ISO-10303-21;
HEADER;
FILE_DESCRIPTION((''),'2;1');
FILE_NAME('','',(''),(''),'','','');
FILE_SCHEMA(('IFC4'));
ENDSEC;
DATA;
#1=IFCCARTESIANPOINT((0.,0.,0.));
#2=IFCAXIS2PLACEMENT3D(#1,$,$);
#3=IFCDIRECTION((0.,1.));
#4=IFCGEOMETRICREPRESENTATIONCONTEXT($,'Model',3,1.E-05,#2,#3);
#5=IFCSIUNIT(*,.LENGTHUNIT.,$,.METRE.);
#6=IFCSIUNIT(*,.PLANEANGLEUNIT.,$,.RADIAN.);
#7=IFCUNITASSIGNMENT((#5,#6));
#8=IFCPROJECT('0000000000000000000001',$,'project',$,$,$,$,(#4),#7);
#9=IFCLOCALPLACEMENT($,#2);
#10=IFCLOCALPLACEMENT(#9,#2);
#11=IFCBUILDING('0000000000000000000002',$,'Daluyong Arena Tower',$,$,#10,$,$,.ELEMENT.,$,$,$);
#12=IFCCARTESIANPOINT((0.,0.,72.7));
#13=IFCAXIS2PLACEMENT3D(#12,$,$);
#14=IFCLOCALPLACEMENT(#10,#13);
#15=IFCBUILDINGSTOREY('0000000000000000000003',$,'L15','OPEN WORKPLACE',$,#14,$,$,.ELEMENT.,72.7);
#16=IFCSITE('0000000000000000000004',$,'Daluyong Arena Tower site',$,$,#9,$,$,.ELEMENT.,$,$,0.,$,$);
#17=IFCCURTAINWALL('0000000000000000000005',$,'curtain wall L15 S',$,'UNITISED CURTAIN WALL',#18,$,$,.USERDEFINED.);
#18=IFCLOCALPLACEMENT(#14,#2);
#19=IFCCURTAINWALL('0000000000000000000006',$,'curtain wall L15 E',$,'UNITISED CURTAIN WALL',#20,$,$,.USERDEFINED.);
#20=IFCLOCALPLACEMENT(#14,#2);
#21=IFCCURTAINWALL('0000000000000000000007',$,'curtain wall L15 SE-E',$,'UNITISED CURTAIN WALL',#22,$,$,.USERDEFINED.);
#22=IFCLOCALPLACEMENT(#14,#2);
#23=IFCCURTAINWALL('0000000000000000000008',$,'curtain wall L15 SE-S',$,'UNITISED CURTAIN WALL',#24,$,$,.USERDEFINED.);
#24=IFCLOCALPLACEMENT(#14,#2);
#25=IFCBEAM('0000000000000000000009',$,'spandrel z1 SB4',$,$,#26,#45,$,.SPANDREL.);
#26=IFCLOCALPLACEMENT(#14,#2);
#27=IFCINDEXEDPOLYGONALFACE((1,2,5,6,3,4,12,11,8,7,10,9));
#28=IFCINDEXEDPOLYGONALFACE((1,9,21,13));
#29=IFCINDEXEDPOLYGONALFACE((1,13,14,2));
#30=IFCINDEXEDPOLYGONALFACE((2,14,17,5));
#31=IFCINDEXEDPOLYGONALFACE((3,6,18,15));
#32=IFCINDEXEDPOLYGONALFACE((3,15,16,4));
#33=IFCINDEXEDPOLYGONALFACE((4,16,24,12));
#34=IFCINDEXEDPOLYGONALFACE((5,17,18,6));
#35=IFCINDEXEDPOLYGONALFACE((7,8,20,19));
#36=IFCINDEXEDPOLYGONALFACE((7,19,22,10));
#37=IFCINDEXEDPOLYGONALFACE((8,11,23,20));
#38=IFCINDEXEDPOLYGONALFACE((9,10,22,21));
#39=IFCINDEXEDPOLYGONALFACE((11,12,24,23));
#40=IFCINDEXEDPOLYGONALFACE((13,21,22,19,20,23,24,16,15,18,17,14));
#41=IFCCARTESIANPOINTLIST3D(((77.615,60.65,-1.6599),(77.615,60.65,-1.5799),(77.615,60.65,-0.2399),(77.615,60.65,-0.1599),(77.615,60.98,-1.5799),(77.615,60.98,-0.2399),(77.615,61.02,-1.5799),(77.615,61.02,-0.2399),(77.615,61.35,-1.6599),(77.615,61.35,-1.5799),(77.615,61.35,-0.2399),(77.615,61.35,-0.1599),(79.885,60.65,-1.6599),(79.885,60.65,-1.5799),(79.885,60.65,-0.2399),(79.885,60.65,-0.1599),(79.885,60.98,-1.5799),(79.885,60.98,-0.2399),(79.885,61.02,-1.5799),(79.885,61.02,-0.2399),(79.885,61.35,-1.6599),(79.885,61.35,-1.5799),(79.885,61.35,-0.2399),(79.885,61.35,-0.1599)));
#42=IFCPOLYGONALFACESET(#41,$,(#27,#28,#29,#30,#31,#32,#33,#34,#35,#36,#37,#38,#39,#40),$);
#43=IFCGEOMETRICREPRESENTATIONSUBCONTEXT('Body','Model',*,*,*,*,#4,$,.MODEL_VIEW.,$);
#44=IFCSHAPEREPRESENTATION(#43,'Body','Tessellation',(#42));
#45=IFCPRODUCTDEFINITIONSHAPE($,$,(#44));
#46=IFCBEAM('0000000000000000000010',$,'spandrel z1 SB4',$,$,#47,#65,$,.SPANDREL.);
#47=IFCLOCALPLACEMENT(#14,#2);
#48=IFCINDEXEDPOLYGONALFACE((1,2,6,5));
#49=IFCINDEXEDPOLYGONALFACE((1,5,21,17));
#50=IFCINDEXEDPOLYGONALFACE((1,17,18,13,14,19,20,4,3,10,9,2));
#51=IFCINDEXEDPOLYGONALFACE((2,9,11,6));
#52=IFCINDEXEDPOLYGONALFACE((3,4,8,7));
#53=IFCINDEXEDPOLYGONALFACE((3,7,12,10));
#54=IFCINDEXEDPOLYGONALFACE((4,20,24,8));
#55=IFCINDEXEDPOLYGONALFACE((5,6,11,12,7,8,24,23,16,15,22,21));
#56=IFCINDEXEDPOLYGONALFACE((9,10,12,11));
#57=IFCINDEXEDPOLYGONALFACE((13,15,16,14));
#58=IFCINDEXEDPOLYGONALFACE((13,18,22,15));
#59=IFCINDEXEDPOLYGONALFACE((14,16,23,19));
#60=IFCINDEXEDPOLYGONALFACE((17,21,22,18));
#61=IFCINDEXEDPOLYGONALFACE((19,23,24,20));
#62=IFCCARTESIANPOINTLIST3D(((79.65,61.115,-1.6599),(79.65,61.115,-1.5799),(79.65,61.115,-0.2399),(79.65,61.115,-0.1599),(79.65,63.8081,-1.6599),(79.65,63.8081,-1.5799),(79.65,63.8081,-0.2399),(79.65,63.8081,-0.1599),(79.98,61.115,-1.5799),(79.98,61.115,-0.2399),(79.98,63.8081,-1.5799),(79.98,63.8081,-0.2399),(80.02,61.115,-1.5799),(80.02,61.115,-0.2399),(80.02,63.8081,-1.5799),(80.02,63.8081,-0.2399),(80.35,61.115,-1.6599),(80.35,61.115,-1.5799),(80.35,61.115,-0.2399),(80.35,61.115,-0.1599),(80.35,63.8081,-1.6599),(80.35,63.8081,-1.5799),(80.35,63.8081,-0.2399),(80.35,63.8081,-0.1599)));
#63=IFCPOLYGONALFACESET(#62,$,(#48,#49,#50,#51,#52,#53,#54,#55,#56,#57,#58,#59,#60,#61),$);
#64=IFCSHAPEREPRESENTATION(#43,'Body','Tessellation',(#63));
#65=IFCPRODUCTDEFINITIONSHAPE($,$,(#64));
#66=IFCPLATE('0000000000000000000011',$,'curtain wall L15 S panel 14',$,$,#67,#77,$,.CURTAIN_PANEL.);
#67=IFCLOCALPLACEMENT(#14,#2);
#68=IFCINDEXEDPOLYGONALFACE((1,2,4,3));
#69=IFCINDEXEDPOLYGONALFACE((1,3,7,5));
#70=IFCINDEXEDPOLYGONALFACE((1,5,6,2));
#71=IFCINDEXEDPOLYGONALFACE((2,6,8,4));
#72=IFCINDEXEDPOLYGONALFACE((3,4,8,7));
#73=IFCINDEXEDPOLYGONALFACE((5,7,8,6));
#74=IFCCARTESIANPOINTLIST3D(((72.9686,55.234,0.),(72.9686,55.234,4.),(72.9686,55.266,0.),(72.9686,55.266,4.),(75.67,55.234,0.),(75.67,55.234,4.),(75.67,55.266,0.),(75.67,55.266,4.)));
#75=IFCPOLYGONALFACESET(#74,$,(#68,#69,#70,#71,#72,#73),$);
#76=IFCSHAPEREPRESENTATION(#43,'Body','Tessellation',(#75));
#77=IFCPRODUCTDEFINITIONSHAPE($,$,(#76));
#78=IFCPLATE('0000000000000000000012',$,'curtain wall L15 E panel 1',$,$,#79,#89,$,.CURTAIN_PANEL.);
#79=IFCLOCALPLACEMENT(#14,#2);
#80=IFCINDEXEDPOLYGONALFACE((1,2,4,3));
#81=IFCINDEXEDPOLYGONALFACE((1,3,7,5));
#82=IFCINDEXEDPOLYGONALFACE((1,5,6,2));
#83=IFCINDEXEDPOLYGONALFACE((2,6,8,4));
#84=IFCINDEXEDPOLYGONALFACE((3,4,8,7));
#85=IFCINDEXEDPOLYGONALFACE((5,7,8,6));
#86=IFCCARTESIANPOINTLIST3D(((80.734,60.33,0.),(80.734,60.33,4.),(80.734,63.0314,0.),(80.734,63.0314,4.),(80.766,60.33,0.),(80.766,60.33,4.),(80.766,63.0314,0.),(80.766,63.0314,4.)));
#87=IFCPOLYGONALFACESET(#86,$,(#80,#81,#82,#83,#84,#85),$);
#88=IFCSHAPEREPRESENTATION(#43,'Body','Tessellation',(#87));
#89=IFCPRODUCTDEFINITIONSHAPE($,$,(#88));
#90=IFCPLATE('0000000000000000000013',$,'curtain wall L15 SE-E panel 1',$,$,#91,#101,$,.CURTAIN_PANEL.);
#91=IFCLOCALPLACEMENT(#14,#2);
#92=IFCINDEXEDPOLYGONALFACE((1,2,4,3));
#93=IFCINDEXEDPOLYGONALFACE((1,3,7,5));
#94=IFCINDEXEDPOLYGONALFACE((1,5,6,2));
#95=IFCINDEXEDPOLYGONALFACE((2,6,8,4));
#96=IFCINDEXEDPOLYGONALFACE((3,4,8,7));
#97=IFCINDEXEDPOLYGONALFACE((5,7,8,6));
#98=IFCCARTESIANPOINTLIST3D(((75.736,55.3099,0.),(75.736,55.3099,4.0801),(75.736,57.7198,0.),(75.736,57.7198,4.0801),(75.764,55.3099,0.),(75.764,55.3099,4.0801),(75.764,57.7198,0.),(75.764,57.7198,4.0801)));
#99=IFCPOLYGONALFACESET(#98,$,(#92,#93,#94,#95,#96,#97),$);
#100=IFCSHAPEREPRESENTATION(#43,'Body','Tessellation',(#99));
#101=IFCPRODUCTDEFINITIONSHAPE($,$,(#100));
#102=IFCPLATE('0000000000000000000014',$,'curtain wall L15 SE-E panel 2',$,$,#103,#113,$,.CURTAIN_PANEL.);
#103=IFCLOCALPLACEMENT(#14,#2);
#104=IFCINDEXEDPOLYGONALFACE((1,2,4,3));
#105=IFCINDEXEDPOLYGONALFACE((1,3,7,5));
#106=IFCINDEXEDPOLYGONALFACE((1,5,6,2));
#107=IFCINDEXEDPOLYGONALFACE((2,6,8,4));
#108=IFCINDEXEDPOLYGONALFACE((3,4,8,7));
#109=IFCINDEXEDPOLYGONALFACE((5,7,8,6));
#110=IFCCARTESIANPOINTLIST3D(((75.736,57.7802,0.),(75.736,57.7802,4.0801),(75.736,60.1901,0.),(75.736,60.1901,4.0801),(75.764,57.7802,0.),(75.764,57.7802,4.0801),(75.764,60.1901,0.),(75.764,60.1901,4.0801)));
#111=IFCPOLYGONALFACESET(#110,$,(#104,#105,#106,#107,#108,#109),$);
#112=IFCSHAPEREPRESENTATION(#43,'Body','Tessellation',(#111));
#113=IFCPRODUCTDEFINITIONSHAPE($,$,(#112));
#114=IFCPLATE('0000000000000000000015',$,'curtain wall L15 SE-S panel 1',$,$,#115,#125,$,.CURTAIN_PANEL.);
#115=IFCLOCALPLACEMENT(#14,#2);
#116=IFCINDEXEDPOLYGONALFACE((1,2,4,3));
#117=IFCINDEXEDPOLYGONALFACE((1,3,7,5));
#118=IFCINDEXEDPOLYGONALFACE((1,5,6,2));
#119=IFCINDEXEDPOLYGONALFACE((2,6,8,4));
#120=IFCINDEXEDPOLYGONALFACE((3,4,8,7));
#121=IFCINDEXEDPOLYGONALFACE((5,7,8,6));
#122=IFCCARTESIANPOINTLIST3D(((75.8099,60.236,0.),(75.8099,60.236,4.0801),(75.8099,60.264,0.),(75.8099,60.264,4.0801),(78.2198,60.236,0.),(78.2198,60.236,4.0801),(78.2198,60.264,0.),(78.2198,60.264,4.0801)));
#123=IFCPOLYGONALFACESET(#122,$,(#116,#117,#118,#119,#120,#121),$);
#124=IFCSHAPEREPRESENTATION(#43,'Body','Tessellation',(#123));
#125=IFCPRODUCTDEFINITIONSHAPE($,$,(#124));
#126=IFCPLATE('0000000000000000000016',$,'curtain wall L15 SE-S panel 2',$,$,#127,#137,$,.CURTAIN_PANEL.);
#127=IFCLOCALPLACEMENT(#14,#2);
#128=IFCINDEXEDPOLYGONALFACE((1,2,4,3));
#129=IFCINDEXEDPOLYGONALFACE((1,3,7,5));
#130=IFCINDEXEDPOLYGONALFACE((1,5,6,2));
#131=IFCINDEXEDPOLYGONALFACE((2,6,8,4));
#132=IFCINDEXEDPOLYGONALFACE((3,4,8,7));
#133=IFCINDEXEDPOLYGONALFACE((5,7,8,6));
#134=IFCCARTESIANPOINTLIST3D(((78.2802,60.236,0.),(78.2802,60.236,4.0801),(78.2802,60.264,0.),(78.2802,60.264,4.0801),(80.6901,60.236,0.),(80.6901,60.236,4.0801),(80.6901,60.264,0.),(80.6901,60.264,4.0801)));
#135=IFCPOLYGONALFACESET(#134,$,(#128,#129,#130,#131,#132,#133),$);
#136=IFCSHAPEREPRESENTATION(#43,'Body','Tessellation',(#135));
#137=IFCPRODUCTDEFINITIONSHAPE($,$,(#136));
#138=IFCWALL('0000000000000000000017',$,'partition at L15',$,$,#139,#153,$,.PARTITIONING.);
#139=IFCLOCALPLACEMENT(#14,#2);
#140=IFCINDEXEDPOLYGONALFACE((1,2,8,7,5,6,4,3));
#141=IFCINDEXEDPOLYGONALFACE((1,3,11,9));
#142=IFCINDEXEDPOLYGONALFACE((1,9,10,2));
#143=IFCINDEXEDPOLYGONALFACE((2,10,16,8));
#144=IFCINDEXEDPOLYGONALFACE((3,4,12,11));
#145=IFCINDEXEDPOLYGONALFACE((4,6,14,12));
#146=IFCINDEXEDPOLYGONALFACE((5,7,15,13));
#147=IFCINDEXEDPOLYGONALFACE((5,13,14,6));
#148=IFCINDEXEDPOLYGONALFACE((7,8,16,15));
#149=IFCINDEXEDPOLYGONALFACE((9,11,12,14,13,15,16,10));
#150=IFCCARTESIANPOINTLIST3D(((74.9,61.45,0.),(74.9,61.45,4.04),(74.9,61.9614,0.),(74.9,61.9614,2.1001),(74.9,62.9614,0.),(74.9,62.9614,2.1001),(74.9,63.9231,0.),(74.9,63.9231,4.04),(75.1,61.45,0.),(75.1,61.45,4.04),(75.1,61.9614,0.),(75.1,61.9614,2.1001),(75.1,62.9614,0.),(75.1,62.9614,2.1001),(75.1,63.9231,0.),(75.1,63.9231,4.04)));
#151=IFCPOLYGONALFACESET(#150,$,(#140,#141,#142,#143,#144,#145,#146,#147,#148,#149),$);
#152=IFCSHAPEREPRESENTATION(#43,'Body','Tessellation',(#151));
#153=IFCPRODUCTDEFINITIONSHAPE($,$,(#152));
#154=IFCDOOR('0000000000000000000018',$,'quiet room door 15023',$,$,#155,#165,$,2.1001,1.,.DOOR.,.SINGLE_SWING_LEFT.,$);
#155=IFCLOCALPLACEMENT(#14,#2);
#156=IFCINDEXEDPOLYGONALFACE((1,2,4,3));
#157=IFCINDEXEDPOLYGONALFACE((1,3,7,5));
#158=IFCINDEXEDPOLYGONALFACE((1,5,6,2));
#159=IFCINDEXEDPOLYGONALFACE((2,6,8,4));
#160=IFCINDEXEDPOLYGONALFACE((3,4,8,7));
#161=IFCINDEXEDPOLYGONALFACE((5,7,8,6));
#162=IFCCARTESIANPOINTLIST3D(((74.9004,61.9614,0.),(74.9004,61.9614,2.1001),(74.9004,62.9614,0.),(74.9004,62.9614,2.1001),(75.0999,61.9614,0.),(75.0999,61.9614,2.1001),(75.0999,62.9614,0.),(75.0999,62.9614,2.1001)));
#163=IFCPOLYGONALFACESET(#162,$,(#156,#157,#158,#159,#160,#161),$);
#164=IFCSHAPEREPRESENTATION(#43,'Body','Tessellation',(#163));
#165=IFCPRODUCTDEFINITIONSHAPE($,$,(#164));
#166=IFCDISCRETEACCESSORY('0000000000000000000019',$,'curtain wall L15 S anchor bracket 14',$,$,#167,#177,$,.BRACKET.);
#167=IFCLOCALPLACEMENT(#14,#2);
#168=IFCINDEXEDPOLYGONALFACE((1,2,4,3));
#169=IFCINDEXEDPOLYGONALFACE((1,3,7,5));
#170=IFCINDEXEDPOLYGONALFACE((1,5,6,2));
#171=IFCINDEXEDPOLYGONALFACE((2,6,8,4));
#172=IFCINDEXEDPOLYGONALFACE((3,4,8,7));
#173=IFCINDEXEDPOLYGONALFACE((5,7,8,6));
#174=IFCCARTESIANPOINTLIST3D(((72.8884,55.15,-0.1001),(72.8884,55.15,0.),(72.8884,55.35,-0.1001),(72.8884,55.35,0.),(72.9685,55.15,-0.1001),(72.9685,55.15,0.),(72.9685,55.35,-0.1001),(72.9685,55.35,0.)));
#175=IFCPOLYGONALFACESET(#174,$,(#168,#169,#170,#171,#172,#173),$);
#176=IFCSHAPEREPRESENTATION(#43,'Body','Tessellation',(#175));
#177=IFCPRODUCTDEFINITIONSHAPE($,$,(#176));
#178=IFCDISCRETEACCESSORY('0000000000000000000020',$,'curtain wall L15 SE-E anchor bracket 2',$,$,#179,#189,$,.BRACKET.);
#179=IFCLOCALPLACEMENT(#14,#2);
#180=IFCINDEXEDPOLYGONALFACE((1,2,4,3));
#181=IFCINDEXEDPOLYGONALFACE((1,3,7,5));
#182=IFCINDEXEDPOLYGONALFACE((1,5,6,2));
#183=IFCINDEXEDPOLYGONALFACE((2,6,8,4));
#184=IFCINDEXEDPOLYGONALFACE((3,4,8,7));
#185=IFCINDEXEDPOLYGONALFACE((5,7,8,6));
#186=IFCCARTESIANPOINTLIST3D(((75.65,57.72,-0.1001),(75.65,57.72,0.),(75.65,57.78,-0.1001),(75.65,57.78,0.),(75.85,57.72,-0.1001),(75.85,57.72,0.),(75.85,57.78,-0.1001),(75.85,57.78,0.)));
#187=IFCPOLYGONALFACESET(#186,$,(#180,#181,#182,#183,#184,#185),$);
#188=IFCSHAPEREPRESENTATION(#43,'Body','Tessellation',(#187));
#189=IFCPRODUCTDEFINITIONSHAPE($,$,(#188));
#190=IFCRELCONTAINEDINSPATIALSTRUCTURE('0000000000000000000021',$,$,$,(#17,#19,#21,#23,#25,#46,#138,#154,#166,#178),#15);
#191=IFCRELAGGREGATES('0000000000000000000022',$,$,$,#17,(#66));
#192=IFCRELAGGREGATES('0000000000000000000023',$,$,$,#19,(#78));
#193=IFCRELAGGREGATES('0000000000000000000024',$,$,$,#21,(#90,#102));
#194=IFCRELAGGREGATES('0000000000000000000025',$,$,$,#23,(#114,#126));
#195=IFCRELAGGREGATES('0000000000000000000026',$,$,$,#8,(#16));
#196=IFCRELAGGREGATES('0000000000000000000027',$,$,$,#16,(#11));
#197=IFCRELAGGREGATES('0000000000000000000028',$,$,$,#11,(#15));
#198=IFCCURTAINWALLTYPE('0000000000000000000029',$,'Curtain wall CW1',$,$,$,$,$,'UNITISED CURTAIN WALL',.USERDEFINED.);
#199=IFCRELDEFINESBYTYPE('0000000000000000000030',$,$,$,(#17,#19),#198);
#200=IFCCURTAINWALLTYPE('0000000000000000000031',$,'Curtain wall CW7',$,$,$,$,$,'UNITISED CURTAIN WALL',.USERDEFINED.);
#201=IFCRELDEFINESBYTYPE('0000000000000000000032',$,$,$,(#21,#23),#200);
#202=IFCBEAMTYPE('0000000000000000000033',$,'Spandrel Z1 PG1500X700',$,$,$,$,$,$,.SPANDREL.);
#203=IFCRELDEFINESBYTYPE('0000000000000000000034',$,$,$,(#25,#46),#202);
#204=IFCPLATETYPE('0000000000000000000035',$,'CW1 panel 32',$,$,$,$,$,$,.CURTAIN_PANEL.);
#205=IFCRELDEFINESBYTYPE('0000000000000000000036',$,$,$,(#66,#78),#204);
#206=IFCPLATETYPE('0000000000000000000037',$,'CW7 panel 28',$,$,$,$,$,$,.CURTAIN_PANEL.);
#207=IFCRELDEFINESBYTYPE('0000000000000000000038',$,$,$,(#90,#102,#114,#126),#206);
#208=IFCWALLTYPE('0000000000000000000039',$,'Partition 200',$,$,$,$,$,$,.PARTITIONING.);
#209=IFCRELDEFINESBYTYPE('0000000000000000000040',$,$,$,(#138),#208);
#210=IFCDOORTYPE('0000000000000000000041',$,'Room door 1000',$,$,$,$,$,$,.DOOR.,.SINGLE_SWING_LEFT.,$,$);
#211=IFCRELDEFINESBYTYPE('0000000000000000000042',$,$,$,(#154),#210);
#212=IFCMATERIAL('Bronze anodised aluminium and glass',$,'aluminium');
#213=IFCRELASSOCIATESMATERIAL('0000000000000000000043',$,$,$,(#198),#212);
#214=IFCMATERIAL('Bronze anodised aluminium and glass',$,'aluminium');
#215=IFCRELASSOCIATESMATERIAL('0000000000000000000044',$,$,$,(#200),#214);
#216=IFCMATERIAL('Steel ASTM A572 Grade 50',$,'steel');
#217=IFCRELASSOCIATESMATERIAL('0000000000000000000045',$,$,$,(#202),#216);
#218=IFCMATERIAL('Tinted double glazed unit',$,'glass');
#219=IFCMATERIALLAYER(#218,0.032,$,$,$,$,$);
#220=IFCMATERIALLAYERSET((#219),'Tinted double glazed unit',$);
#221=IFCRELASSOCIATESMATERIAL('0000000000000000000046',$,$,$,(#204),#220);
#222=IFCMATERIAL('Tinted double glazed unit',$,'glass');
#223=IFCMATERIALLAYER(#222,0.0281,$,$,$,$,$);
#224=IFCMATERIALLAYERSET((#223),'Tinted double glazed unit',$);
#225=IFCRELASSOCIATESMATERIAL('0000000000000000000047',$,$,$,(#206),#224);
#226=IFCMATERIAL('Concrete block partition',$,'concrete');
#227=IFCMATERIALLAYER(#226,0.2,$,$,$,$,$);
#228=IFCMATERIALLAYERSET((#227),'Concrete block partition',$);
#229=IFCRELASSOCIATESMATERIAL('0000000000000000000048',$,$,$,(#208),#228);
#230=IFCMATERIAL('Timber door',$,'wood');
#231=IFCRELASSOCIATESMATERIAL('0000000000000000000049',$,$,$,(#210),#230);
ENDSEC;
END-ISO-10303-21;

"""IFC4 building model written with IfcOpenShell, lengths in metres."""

from ifc_helpers import new_model, si_unit, direction, frame, frame_2d, origin, origin_2d, place, context, subcontext, project, spatial, rectangle, i_section, extrude, material, layer, layer_set, material_profile, profile_set, type_object, element, fill, aggregate, save


model = new_model("IFC4")

# Units and contexts
model_context = context("Model", 3, precision=1e-05, world=origin(), true_north=direction((0.0, 1.0)))
body_context = subcontext(model_context, "Body", "Model", "MODEL_VIEW")
ifc_project = project(units=[si_unit("LENGTHUNIT", "METRE"), si_unit("PLANEANGLEUNIT", "RADIAN")], contexts=[model_context])

# Site, building, storey
site_placement = place(None, origin())
site = spatial("IfcSite", under=ifc_project, at=site_placement, Name="Daluyong Arena Tower site", CompositionType="ELEMENT", RefElevation=0.0)
building_placement = place(site_placement, origin())
building = spatial("IfcBuilding", under=site, at=building_placement, Name="Daluyong Arena Tower", CompositionType="ELEMENT")
storey_placement = place(building_placement, frame((0.0, 0.0, 72.7)))
storey = spatial("IfcBuildingStorey", under=building, at=storey_placement, Name="L15", Description="OPEN WORKPLACE", CompositionType="ELEMENT", Elevation=72.7)

# Curtain wall
ifc_material_1 = material(Name="Bronze anodised aluminium and glass", Category="aluminium")
curtain_wall_type_1 = type_object("IfcCurtainWallType", Name="Curtain wall CW1", ElementType="UNITISED CURTAIN WALL", PredefinedType="USERDEFINED", material=ifc_material_1)
curtain_wall_1_placement = place(storey_placement, origin())
curtain_wall_1 = element("IfcCurtainWall", 1, at=curtain_wall_1_placement, inside=storey, type_object=curtain_wall_type_1, Name="curtain wall L15 S", ObjectType="UNITISED CURTAIN WALL", PredefinedType="USERDEFINED")

# Curtain wall
curtain_wall_2_placement = place(storey_placement, origin())
curtain_wall_2 = element("IfcCurtainWall", 2, at=curtain_wall_2_placement, inside=storey, type_object=curtain_wall_type_1, Name="curtain wall L15 E", ObjectType="UNITISED CURTAIN WALL", PredefinedType="USERDEFINED")

# Curtain walls
ifc_material_2 = material(Name="Bronze anodised aluminium and glass", Category="aluminium")
curtain_wall_type_2 = type_object("IfcCurtainWallType", Name="Curtain wall CW7", ElementType="UNITISED CURTAIN WALL", PredefinedType="USERDEFINED", material=ifc_material_2)
curtain_wall_3_placement = place(storey_placement, origin())
curtain_wall_3 = element("IfcCurtainWall", 3, at=curtain_wall_3_placement, inside=storey, type_object=curtain_wall_type_2, Name="curtain wall L15 SE-E", ObjectType="UNITISED CURTAIN WALL", PredefinedType="USERDEFINED")
curtain_wall_4_placement = place(storey_placement, origin())
curtain_wall_4 = element("IfcCurtainWall", 4, at=curtain_wall_4_placement, inside=storey, type_object=curtain_wall_type_2, Name="curtain wall L15 SE-S", ObjectType="UNITISED CURTAIN WALL", PredefinedType="USERDEFINED")

# Beams
ifc_material_3 = material(Name="Steel ASTM A572 Grade 50", Category="steel")
ifc_material_profile_1 = material_profile(ifc_material_3, i_section(OverallWidth=0.7, OverallDepth=1.5, WebThickness=0.04, FlangeThickness=0.08, at=origin_2d()))
ifc_profile_set_1 = profile_set([ifc_material_profile_1], Name="Steel ASTM A572 Grade 50")
beam_type_1 = type_object("IfcBeamType", Name="Spandrel Z1 PG1500X700", PredefinedType="SPANDREL", material=ifc_profile_set_1)
for number, where, z_axis, x_axis, name in (
    (5, (77.615, 61.0, -0.9099), (1.0, 0.0, 0.0), (0.0, 1.0, 0.0), "spandrel z1 SB4"),
):
    element("IfcBeam", number, at=place(storey_placement, frame(where, z_axis=z_axis, x_axis=x_axis)), inside=storey, type_object=beam_type_1, Name=name, PredefinedType="SPANDREL", context=body_context, shape_type="SweptSolid", body=[
        extrude(i_section(OverallWidth=0.7, OverallDepth=1.5, WebThickness=0.04, FlangeThickness=0.08, at=origin_2d()), origin(), (0.0, 0.0, 1.0), 2.27),
    ])
beam_1_placement = place(storey_placement, frame((80.0, 61.115, -0.9099), z_axis=(0.0, 1.0, 0.0), x_axis=(-1.0, 0.0, 0.0)))
element("IfcBeam", 6, at=beam_1_placement, inside=storey, type_object=beam_type_1, Name="spandrel z1 SB4", PredefinedType="SPANDREL", context=body_context, shape_type="SweptSolid", body=[
    extrude(i_section(OverallWidth=0.7, OverallDepth=1.5, WebThickness=0.04, FlangeThickness=0.08, at=origin_2d()), origin(), (0.0, 0.0, 1.0), 2.6931),
])

# Plates
ifc_material_4 = material(Name="Tinted double glazed unit", Category="glass")
ifc_layer_1 = layer(ifc_material_4, 0.032)
ifc_layer_set_1 = layer_set([ifc_layer_1], Name="Tinted double glazed unit")
plate_type_1 = type_object("IfcPlateType", Name="CW1 panel 32", PredefinedType="CURTAIN_PANEL", material=ifc_layer_set_1)
plate_1_placement = place(storey_placement, frame((74.3193, 55.25, 0.0), z_axis=(0.0, 0.0, 1.0), x_axis=(1.0, 0.0, 0.0)))
plate_1 = element("IfcPlate", 7, at=plate_1_placement, type_object=plate_type_1, Name="curtain wall L15 S panel 14", PredefinedType="CURTAIN_PANEL", context=body_context, shape_type="SweptSolid", body=[
    extrude(rectangle(XDim=2.7014, YDim=0.032, at=origin_2d()), origin(), (0.0, 0.0, 1.0), 4.0),
])
aggregate(curtain_wall_1, [plate_1])
plate_2_placement = place(storey_placement, frame((80.75, 61.6807, 0.0), z_axis=(0.0, 0.0, 1.0), x_axis=(0.0, 1.0, 0.0)))
plate_2 = element("IfcPlate", 8, at=plate_2_placement, type_object=plate_type_1, Name="curtain wall L15 E panel 1", PredefinedType="CURTAIN_PANEL", context=body_context, shape_type="SweptSolid", body=[
    extrude(rectangle(XDim=2.7014, YDim=0.032, at=origin_2d()), origin(), (0.0, 0.0, 1.0), 4.0),
])
aggregate(curtain_wall_2, [plate_2])
ifc_material_5 = material(Name="Tinted double glazed unit", Category="glass")
ifc_layer_2 = layer(ifc_material_5, 0.0281)
ifc_layer_set_2 = layer_set([ifc_layer_2], Name="Tinted double glazed unit")
plate_type_2 = type_object("IfcPlateType", Name="CW7 panel 28", PredefinedType="CURTAIN_PANEL", material=ifc_layer_set_2)
plate_3_placement = place(storey_placement, frame((75.75, 56.5149, 0.0), z_axis=(0.0, 0.0, 1.0), x_axis=(0.0, 1.0, 0.0)))
plate_3 = element("IfcPlate", 9, at=plate_3_placement, type_object=plate_type_2, Name="curtain wall L15 SE-E panel 1", PredefinedType="CURTAIN_PANEL", context=body_context, shape_type="SweptSolid", body=[
    extrude(rectangle(XDim=2.4099, YDim=0.0281, at=origin_2d()), origin(), (0.0, 0.0, 1.0), 4.0801),
])
plate_4_placement = place(storey_placement, frame((75.75, 58.9851, 0.0), z_axis=(0.0, 0.0, 1.0), x_axis=(0.0, 1.0, 0.0)))
plate_4 = element("IfcPlate", 10, at=plate_4_placement, type_object=plate_type_2, Name="curtain wall L15 SE-E panel 2", PredefinedType="CURTAIN_PANEL", context=body_context, shape_type="SweptSolid", body=[
    extrude(rectangle(XDim=2.4099, YDim=0.0281, at=origin_2d()), origin(), (0.0, 0.0, 1.0), 4.0801),
])
aggregate(curtain_wall_3, [plate_3, plate_4])
plate_5_placement = place(storey_placement, frame((77.0149, 60.25, 0.0), z_axis=(0.0, 0.0, 1.0), x_axis=(1.0, 0.0, 0.0)))
plate_5 = element("IfcPlate", 11, at=plate_5_placement, type_object=plate_type_2, Name="curtain wall L15 SE-S panel 1", PredefinedType="CURTAIN_PANEL", context=body_context, shape_type="SweptSolid", body=[
    extrude(rectangle(XDim=2.4099, YDim=0.0281, at=origin_2d()), origin(), (0.0, 0.0, 1.0), 4.0801),
])
plate_6_placement = place(storey_placement, frame((79.4851, 60.25, 0.0), z_axis=(0.0, 0.0, 1.0), x_axis=(1.0, 0.0, 0.0)))
plate_6 = element("IfcPlate", 12, at=plate_6_placement, type_object=plate_type_2, Name="curtain wall L15 SE-S panel 2", PredefinedType="CURTAIN_PANEL", context=body_context, shape_type="SweptSolid", body=[
    extrude(rectangle(XDim=2.4099, YDim=0.0281, at=origin_2d()), origin(), (0.0, 0.0, 1.0), 4.0801),
])
aggregate(curtain_wall_4, [plate_5, plate_6])

# Wall, opening, door
ifc_material_6 = material(Name="Concrete block partition", Category="concrete")
ifc_layer_3 = layer(ifc_material_6, 0.2)
ifc_layer_set_3 = layer_set([ifc_layer_3], Name="Concrete block partition")
wall_type = type_object("IfcWallType", Name="Partition 200", PredefinedType="PARTITIONING", material=ifc_layer_set_3)
wall_placement = place(storey_placement, frame((75.0, 61.45, 0.0), z_axis=(0.0, 0.0, 1.0), x_axis=(0.0, 1.0, 0.0)))
wall = element("IfcWall", 13, at=wall_placement, inside=storey, type_object=wall_type, Name="partition at L15", PredefinedType="PARTITIONING", context=body_context, shape_type="SweptSolid", body=[
    extrude(rectangle(XDim=2.4731, YDim=0.2, at=frame_2d((1.2366, 0.0))), origin(), (0.0, 0.0, 1.0), 4.04),
])
opening_placement = place(wall_placement, frame((0.5115, 0.0, 0.0)))
opening = element("IfcOpeningElement", 14, at=opening_placement, cuts=wall, PredefinedType="OPENING", context=body_context, shape_type="SweptSolid", body=[
    extrude(rectangle(XDim=1.0, YDim=2.1001, at=frame_2d((0.5, 1.05))), frame((0.0, 0.1099, 0.0), z_axis=(0.0, -1.0, 0.0), x_axis=(1.0, 0.0, 0.0)), (0.0, 0.0, 1.0), 0.22),
])
ifc_material_7 = material(Name="Timber door", Category="wood")
door_type = type_object("IfcDoorType", Name="Room door 1000", OperationType="SINGLE_SWING_LEFT", PredefinedType="DOOR", material=ifc_material_7)
door_placement = place(opening_placement, origin())
door = element("IfcDoor", 15, at=door_placement, inside=storey, type_object=door_type, Name="quiet room door 15023", OperationType="SINGLE_SWING_LEFT", OverallHeight=2.1001, OverallWidth=1.0, PredefinedType="DOOR", context=body_context, shape_type="SweptSolid", body=[
    extrude(rectangle(XDim=1.0, YDim=2.1001, at=frame_2d((0.5, 1.05))), frame((0.0, 0.0996, 0.0), z_axis=(0.0, -1.0, 0.0), x_axis=(1.0, 0.0, 0.0)), (0.0, 0.0, 1.0), 0.1995),
])
fill(opening, door)

# Discrete accessories
discrete_accessory_1_placement = place(storey_placement, frame((72.9285, 55.25, -0.1001), z_axis=(0.0, 0.0, 1.0), x_axis=(1.0, 0.0, 0.0)))
element("IfcDiscreteAccessory", 16, at=discrete_accessory_1_placement, inside=storey, Name="curtain wall L15 S anchor bracket 14", PredefinedType="BRACKET", context=body_context, shape_type="SweptSolid", body=[
    extrude(rectangle(XDim=0.0801, YDim=0.2, at=origin_2d()), origin(), (0.0, 0.0, 1.0), 0.1001),
])
for number, where, z_axis, x_axis, name in (
    (17, (75.75, 57.75, -0.1001), (0.0, 0.0, 1.0), (0.0, 1.0, 0.0), "curtain wall L15 SE-E anchor bracket 2"),
):
    element("IfcDiscreteAccessory", number, at=place(storey_placement, frame(where, z_axis=z_axis, x_axis=x_axis)), inside=storey, Name=name, PredefinedType="BRACKET", context=body_context, shape_type="SweptSolid", body=[
        extrude(rectangle(XDim=0.0601, YDim=0.2, at=origin_2d()), origin(), (0.0, 0.0, 1.0), 0.1001),
    ])

save(model, "model.ifc")
